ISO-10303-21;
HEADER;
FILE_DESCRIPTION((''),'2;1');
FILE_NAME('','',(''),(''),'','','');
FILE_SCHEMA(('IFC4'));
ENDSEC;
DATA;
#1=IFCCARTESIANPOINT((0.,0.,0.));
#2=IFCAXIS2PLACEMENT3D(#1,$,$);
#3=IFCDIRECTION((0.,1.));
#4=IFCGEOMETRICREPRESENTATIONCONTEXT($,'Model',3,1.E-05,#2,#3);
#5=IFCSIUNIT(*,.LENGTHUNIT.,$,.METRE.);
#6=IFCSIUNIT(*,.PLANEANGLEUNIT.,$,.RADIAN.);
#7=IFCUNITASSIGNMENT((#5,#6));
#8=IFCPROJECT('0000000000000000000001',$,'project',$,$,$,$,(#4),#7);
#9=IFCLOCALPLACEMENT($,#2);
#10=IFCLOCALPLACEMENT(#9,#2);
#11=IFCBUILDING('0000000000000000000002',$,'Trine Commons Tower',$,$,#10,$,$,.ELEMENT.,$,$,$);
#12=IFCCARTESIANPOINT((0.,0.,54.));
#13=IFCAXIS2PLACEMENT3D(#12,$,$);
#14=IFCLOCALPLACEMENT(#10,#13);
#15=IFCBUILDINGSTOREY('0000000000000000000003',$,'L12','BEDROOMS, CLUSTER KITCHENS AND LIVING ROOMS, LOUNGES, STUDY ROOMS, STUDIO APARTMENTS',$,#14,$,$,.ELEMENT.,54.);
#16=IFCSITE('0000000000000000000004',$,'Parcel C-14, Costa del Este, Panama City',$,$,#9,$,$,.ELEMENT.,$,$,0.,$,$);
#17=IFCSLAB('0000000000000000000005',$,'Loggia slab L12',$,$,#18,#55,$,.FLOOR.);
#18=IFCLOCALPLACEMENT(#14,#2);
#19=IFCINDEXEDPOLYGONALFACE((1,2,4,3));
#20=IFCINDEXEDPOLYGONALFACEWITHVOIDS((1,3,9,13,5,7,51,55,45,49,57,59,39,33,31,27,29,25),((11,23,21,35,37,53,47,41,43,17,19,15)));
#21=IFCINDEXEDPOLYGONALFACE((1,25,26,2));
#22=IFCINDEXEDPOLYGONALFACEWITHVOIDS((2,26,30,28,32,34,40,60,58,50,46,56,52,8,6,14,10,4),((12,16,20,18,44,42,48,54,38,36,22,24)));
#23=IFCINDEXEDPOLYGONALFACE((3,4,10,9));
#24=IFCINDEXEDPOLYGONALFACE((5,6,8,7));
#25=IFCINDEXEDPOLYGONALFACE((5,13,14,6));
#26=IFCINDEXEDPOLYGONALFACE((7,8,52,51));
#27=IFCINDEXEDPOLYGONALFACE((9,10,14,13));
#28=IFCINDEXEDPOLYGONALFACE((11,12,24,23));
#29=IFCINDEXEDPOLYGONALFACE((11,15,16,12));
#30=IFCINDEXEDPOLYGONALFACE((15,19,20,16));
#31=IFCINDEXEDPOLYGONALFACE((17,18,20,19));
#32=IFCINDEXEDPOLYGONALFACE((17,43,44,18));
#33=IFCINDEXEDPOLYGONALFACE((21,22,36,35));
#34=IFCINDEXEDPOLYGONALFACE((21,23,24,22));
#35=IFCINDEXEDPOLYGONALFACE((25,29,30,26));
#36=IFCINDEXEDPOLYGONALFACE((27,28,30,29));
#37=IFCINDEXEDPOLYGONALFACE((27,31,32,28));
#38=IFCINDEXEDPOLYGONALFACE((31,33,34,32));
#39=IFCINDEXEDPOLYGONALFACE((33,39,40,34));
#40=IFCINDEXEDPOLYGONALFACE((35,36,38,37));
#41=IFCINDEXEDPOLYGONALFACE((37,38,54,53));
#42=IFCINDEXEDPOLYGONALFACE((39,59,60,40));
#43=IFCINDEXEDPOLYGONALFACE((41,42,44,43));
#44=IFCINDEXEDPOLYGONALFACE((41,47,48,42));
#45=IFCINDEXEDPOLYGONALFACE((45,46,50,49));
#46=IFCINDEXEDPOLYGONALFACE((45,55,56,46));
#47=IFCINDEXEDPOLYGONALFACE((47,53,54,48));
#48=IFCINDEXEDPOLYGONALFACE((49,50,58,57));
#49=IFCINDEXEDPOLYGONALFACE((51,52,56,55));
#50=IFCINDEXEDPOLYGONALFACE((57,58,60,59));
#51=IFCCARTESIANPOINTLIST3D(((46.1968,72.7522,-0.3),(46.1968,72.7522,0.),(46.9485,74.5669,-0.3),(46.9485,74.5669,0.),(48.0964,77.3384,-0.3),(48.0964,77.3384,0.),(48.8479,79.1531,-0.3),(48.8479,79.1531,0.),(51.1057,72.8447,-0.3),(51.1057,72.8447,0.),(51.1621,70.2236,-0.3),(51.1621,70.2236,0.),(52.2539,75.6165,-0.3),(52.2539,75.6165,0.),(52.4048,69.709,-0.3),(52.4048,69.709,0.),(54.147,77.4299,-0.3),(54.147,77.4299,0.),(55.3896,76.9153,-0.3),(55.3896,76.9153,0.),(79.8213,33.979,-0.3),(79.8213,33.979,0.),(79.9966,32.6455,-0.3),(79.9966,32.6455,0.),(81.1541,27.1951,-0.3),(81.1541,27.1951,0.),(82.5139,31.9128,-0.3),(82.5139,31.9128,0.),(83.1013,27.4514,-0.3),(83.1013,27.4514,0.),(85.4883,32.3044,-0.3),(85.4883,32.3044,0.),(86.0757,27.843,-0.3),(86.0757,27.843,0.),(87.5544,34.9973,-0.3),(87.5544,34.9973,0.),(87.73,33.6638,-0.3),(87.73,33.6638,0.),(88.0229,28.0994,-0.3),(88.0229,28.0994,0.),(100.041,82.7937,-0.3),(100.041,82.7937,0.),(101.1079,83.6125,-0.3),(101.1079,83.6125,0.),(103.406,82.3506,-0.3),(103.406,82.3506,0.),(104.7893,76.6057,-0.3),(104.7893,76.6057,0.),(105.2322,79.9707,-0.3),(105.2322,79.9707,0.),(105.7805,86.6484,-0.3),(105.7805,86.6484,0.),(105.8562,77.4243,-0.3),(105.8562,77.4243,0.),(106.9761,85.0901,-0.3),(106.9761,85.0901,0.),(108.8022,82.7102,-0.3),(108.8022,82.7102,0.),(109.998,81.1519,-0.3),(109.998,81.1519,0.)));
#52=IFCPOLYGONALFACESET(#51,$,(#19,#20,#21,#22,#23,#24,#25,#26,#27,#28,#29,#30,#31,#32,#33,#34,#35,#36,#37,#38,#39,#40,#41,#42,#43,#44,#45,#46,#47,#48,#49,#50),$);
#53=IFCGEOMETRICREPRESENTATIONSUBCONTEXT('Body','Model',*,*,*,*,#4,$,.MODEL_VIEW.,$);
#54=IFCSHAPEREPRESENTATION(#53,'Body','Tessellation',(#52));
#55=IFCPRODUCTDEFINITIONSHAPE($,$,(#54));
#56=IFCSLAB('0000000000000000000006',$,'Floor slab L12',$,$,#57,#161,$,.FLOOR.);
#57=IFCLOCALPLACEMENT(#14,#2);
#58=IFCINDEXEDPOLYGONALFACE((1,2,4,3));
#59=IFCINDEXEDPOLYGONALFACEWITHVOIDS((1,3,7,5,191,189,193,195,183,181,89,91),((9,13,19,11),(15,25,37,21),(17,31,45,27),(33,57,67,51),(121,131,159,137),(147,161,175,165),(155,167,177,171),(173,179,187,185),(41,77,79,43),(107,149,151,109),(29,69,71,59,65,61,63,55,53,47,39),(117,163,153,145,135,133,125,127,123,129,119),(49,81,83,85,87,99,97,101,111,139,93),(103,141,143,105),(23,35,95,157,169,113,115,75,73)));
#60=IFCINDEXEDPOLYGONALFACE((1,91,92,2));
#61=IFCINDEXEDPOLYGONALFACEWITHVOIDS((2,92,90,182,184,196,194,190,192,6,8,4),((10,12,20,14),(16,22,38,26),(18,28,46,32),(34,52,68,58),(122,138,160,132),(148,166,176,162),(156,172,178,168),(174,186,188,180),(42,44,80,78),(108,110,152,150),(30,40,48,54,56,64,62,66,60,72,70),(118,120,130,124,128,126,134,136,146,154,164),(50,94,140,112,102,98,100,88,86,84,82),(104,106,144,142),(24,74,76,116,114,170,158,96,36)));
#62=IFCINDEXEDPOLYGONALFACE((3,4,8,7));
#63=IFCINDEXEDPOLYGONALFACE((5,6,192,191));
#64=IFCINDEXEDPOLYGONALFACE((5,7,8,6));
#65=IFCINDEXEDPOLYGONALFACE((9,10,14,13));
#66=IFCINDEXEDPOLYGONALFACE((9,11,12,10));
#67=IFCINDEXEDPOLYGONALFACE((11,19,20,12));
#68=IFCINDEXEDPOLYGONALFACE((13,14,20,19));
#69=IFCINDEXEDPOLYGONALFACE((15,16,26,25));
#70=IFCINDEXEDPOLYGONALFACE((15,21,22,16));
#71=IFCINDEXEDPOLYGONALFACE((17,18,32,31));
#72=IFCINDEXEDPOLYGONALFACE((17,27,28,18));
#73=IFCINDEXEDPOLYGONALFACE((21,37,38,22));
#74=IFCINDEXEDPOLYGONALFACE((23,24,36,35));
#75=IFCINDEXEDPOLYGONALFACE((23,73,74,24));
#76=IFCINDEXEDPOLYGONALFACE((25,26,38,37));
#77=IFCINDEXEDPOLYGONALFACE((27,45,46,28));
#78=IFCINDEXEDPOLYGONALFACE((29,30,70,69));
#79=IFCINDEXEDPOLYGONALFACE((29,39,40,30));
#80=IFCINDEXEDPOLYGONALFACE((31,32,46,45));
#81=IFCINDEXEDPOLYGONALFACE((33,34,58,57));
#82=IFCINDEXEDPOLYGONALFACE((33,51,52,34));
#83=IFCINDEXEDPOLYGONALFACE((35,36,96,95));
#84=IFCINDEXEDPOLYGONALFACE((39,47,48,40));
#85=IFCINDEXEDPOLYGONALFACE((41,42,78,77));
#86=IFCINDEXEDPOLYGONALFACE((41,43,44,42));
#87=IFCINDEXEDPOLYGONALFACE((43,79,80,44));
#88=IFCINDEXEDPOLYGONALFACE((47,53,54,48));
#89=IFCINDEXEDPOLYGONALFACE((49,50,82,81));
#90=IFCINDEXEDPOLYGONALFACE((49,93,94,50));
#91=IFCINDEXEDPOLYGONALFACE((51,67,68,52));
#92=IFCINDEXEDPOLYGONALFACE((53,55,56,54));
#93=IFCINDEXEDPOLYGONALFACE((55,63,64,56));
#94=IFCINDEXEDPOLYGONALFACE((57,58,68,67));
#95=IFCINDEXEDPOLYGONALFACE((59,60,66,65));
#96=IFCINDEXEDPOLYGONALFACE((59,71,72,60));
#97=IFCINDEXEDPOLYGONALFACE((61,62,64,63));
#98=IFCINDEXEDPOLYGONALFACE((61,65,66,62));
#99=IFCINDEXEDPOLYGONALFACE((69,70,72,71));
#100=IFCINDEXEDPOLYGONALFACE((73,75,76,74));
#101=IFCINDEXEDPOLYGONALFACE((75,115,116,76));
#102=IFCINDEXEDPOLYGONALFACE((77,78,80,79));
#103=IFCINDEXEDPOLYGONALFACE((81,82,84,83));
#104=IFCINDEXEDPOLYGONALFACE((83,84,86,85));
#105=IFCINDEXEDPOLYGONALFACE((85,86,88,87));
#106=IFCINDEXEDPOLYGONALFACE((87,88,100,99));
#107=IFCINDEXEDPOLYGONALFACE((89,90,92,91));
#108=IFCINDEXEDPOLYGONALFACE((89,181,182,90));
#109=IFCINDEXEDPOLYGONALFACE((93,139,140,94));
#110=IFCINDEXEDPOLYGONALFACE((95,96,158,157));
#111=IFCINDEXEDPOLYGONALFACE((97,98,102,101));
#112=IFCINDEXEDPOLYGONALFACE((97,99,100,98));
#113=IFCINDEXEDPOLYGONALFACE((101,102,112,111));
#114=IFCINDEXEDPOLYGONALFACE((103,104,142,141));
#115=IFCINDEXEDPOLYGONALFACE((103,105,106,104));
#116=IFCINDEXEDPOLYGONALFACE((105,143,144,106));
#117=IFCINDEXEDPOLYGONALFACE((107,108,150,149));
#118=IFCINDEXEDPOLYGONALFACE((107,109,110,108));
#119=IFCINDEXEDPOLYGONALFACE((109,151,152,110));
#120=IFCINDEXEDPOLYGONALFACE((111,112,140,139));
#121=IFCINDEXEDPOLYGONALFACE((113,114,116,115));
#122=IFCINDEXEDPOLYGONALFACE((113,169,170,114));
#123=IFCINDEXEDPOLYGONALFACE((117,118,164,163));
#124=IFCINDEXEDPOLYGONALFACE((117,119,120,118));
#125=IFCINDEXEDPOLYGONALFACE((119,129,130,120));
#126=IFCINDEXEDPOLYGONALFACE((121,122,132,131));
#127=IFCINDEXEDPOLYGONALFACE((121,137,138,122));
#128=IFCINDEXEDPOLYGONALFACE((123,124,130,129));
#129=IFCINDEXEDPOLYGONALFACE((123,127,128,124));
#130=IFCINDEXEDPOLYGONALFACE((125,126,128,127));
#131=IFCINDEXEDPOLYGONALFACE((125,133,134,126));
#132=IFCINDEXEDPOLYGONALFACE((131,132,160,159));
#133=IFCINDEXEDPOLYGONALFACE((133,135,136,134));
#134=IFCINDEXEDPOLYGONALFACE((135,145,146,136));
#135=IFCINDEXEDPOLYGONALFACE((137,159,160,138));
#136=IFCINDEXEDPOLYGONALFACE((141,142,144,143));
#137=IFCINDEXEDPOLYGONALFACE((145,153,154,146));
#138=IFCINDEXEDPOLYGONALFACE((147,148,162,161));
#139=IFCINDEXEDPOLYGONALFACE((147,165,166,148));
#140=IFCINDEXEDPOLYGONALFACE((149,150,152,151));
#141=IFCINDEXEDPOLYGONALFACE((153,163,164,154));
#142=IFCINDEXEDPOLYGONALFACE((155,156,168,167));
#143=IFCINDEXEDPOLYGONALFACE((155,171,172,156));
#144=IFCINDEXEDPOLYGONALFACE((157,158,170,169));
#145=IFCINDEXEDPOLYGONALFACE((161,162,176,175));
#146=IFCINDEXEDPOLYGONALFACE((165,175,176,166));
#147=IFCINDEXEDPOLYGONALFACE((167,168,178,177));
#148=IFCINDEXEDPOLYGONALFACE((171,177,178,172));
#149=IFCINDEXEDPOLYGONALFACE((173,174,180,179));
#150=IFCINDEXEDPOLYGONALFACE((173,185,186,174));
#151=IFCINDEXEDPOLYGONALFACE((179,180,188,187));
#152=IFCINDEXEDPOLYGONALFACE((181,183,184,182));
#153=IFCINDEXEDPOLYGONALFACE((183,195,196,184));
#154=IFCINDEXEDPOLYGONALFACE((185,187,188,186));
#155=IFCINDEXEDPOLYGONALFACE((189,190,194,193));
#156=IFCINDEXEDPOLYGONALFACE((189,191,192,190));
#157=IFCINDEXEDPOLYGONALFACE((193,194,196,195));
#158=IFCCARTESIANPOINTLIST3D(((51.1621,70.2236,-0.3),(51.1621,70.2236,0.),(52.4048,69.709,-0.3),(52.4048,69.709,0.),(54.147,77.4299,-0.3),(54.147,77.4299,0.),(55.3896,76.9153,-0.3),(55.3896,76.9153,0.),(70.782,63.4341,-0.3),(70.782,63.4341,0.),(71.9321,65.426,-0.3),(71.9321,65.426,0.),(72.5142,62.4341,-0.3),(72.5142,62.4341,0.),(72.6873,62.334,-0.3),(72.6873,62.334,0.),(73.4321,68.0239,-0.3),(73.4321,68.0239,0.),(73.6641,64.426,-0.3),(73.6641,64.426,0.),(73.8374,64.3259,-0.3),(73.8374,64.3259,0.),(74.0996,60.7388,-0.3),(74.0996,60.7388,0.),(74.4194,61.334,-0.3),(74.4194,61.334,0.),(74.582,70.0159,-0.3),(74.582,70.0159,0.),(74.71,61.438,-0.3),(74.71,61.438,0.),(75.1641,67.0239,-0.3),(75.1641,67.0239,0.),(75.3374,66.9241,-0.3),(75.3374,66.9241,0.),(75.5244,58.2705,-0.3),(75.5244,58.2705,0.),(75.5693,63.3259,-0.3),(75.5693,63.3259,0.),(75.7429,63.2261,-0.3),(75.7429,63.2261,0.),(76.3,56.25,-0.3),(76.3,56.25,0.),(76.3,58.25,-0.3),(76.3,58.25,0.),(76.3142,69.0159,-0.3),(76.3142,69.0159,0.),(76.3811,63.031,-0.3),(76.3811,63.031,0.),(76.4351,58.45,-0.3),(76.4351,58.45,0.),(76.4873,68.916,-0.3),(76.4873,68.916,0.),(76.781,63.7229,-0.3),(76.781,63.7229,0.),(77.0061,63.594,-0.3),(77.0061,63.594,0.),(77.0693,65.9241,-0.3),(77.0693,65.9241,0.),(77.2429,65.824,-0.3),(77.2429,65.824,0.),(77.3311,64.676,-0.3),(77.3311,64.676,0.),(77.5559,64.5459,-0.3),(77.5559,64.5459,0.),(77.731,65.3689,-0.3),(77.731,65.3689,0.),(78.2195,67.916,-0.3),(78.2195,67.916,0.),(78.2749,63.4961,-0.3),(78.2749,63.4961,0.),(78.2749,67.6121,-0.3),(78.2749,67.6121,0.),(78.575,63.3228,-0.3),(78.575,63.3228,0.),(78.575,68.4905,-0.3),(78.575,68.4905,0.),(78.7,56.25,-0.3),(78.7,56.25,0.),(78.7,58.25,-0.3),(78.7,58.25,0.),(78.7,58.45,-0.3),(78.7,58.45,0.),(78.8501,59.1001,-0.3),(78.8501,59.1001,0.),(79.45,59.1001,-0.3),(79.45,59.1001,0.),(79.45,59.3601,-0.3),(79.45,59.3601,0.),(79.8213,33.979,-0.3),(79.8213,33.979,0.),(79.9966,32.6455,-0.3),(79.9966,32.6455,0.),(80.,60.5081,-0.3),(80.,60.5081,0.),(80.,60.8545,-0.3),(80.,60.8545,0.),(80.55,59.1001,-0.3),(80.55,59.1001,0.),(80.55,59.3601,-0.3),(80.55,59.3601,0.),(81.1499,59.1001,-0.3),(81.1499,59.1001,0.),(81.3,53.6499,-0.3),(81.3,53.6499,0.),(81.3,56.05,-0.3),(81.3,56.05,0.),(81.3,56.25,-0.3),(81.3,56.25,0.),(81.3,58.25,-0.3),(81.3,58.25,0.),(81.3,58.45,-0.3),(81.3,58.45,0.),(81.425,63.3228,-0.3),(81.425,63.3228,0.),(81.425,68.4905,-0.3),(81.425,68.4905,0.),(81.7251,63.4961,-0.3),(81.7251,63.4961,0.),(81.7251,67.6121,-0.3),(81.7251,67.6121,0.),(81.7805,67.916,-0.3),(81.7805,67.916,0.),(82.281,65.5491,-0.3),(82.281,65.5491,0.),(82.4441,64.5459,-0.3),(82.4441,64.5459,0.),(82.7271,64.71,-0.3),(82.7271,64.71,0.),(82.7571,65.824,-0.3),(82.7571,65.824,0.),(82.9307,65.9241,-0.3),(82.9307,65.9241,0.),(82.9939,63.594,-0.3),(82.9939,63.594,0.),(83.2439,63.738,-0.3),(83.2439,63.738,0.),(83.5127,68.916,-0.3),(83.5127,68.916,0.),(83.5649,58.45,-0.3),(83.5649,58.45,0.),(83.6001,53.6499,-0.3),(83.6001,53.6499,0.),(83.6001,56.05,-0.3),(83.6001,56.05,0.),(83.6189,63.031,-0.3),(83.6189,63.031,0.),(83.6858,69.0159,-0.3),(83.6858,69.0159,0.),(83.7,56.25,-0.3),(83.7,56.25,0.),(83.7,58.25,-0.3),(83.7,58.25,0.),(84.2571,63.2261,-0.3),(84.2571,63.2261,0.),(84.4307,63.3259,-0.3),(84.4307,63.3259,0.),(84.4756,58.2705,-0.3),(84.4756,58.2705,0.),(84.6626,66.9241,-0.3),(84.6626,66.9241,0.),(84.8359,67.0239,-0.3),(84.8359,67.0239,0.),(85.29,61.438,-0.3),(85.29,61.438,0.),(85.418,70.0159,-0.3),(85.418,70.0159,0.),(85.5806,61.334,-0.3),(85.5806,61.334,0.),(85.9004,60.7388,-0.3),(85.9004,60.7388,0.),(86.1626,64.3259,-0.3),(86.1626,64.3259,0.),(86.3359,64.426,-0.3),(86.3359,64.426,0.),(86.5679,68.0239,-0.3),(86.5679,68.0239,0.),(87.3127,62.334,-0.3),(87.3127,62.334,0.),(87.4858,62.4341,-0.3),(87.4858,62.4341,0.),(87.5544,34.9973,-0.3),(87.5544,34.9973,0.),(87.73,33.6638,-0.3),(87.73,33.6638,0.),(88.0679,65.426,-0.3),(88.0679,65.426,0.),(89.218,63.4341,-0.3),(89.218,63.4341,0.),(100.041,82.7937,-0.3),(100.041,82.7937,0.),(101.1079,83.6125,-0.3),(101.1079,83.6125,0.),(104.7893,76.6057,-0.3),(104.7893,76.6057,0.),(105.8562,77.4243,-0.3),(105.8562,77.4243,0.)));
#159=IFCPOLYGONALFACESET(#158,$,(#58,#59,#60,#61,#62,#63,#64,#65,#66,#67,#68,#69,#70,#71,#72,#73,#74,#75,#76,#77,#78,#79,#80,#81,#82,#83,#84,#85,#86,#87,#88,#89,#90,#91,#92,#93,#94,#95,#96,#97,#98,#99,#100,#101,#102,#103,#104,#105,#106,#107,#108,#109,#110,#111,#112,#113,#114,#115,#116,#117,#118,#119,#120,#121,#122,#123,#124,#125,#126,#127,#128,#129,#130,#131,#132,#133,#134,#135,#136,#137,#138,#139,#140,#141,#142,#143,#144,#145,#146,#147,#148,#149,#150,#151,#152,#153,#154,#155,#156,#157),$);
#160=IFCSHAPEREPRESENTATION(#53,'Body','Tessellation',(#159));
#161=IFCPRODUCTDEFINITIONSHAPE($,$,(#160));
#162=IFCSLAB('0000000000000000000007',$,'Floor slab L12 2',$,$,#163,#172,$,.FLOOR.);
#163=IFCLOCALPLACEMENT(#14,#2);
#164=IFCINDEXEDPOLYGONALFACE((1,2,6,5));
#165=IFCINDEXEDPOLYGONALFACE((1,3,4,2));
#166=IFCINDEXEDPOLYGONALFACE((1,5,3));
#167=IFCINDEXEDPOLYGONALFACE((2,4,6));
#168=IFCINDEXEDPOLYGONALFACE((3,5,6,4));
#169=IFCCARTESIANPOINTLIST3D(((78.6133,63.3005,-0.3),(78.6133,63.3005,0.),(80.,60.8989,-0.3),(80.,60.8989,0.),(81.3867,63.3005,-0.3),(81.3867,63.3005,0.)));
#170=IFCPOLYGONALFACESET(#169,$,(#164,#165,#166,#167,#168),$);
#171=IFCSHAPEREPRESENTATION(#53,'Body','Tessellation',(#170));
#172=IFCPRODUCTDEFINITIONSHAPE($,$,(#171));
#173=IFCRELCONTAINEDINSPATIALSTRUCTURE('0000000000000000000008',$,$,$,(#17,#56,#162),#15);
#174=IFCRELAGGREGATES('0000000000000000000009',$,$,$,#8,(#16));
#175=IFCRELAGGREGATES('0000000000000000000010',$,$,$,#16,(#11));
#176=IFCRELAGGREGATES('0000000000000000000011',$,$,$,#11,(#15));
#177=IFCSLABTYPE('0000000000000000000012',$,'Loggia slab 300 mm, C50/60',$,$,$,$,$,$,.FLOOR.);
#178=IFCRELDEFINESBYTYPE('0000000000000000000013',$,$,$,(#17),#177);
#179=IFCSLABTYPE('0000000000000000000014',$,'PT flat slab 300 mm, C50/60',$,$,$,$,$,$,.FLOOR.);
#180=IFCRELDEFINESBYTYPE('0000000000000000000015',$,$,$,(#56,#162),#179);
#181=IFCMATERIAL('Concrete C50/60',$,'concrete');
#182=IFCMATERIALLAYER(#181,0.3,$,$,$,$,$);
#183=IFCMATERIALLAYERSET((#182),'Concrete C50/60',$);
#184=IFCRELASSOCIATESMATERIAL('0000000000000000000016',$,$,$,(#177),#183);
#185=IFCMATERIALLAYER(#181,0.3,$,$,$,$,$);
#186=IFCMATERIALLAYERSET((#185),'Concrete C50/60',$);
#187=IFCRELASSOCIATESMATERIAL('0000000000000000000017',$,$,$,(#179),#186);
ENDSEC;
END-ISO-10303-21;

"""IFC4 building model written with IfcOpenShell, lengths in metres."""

from ifc_helpers import new_model, si_unit, direction, frame, origin, place, context, subcontext, project, spatial, polyline, outline, extrude, material, layer, layer_set, type_object, element, save


model = new_model("IFC4")

# Units and contexts
model_context = context("Model", 3, precision=1e-05, world=origin(), true_north=direction((0.0, 1.0)))
body_context = subcontext(model_context, "Body", "Model", "MODEL_VIEW")
ifc_project = project(units=[si_unit("LENGTHUNIT", "METRE"), si_unit("PLANEANGLEUNIT", "RADIAN")], contexts=[model_context])

# Site, building, storey
site_placement = place(None, origin())
site = spatial("IfcSite", under=ifc_project, at=site_placement, Name="Parcel C-14, Costa del Este, Panama City", CompositionType="ELEMENT", RefElevation=0.0)
building_placement = place(site_placement, origin())
building = spatial("IfcBuilding", under=site, at=building_placement, Name="Trine Commons Tower", CompositionType="ELEMENT")
storey_placement = place(building_placement, frame((0.0, 0.0, 54.0)))
storey = spatial("IfcBuildingStorey", under=building, at=storey_placement, Name="L12", Description="BEDROOMS, CLUSTER KITCHENS AND LIVING ROOMS, LOUNGES, STUDY ROOMS, STUDIO APARTMENTS", CompositionType="ELEMENT", Elevation=54.0)

# Slabs
ifc_material_1 = material(Name="Concrete C50/60", Category="concrete")
ifc_layer_1 = layer(ifc_material_1, 0.3)
ifc_layer_set_1 = layer_set([ifc_layer_1], Name="Concrete C50/60")
slab_type_1 = type_object("IfcSlabType", Name="Loggia slab 300 mm, C50/60", PredefinedType="FLOOR", material=ifc_layer_set_1)
slab_1_placement = place(storey_placement, frame((0.0, 0.0, -0.3)))
element("IfcSlab", 1, at=slab_1_placement, inside=storey, type_object=slab_type_1, Name="Loggia slab L12", PredefinedType="FLOOR", context=body_context, shape_type="SweptSolid", body=[
    extrude(outline(polyline([(88.0229, 28.0994), (109.998, 81.1519), (108.8022, 82.7102), (105.2322, 79.9707), (103.406, 82.3506), (106.9761, 85.0901), (105.7805, 86.6484), (48.8479, 79.1531), (48.0964, 77.3384), (52.2539, 75.6165), (51.1057, 72.8447), (46.9485, 74.5669), (46.1968, 72.7522), (81.1541, 27.1951), (83.1013, 27.4514), (82.5139, 31.9128), (85.4883, 32.3044), (86.0757, 27.843), (88.0229, 28.0994)]), holes=[polyline([(79.9966, 32.6455), (79.8213, 33.979), (87.5544, 34.9973), (87.73, 33.6638), (105.8562, 77.4243), (104.7893, 76.6057), (100.041, 82.7937), (101.1079, 83.6125), (54.147, 77.4299), (55.3896, 76.9153), (52.4048, 69.709), (51.1621, 70.2236), (79.9966, 32.6455)])]), origin(), (0.0, 0.0, 1.0), 0.3),
])
ifc_layer_2 = layer(ifc_material_1, 0.3)
ifc_layer_set_2 = layer_set([ifc_layer_2], Name="Concrete C50/60")
slab_type_2 = type_object("IfcSlabType", Name="PT flat slab 300 mm, C50/60", PredefinedType="FLOOR", material=ifc_layer_set_2)
slab_2_placement = place(storey_placement, frame((0.0, 0.0, -0.3)))
element("IfcSlab", 2, at=slab_2_placement, inside=storey, type_object=slab_type_2, Name="Floor slab L12", PredefinedType="FLOOR", context=body_context, shape_type="SweptSolid", body=[
    extrude(outline(polyline([(51.1621, 70.2236), (79.9966, 32.6455), (79.8213, 33.979), (87.5544, 34.9973), (87.73, 33.6638), (105.8562, 77.4243), (104.7893, 76.6057), (100.041, 82.7937), (101.1079, 83.6125), (54.147, 77.4299), (55.3896, 76.9153), (52.4048, 69.709), (51.1621, 70.2236)]), holes=[polyline([(76.3, 56.25), (78.7, 56.25), (78.7, 58.25), (76.3, 58.25), (76.3, 56.25)]), polyline([(81.1499, 59.1001), (81.3, 58.45), (83.5649, 58.45), (80.0, 60.5081), (76.4351, 58.45), (78.7, 58.45), (78.8501, 59.1001), (79.45, 59.1001), (79.45, 59.3601), (80.55, 59.3601), (80.55, 59.1001), (81.1499, 59.1001)]), polyline([(80.0, 60.8545), (84.4756, 58.2705), (85.9004, 60.7388), (81.425, 63.3228), (81.425, 68.4905), (78.575, 68.4905), (78.575, 63.3228), (74.0996, 60.7388), (75.5244, 58.2705), (80.0, 60.8545)]), polyline([(73.8374, 64.3259), (72.6873, 62.334), (74.4194, 61.334), (75.5693, 63.3259), (73.8374, 64.3259)]), polyline([(71.9321, 65.426), (70.782, 63.4341), (72.5142, 62.4341), (73.6641, 64.426), (71.9321, 65.426)]), polyline([(76.781, 63.7229), (76.3811, 63.031), (75.7429, 63.2261), (74.71, 61.438), (78.2749, 63.4961), (78.2749, 67.6121), (77.2429, 65.824), (77.731, 65.3689), (77.3311, 64.676), (77.5559, 64.5459), (77.0061, 63.594), (76.781, 63.7229)]), polyline([(76.4873, 68.916), (75.3374, 66.9241), (77.0693, 65.9241), (78.2195, 67.916), (76.4873, 68.916)]), polyline([(74.582, 70.0159), (73.4321, 68.0239), (75.1641, 67.0239), (76.3142, 69.0159), (74.582, 70.0159)]), polyline([(81.3, 53.6499), (83.6001, 53.6499), (83.6001, 56.05), (81.3, 56.05), (81.3, 53.6499)]), polyline([(81.3, 56.25), (83.7, 56.25), (83.7, 58.25), (81.3, 58.25), (81.3, 56.25)]), polyline([(87.3127, 62.334), (86.1626, 64.3259), (84.4307, 63.3259), (85.5806, 61.334), (87.3127, 62.334)]), polyline([(89.218, 63.4341), (88.0679, 65.426), (86.3359, 64.426), (87.4858, 62.4341), (89.218, 63.4341)]), polyline([(83.2439, 63.738), (82.9939, 63.594), (82.4441, 64.5459), (82.7271, 64.71), (82.281, 65.5491), (82.7571, 65.824), (81.7251, 67.6121), (81.7251, 63.4961), (85.29, 61.438), (84.2571, 63.2261), (83.6189, 63.031), (83.2439, 63.738)]), polyline([(82.9307, 65.9241), (84.6626, 66.9241), (83.5127, 68.916), (81.7805, 67.916), (82.9307, 65.9241)]), polyline([(84.8359, 67.0239), (86.5679, 68.0239), (85.418, 70.0159), (83.6858, 69.0159), (84.8359, 67.0239)])]), origin(), (0.0, 0.0, 1.0), 0.3),
])
slab_3_placement = place(storey_placement, frame((0.0, 0.0, -0.3)))
element("IfcSlab", 3, at=slab_3_placement, inside=storey, type_object=slab_type_2, Name="Floor slab L12 2", PredefinedType="FLOOR", context=body_context, shape_type="SweptSolid", body=[
    extrude(outline(polyline([(78.6133, 63.3005), (80.0, 60.8989), (81.3867, 63.3005), (78.6133, 63.3005)])), origin(), (0.0, 0.0, 1.0), 0.3),
])

save(model, "model.ifc")
